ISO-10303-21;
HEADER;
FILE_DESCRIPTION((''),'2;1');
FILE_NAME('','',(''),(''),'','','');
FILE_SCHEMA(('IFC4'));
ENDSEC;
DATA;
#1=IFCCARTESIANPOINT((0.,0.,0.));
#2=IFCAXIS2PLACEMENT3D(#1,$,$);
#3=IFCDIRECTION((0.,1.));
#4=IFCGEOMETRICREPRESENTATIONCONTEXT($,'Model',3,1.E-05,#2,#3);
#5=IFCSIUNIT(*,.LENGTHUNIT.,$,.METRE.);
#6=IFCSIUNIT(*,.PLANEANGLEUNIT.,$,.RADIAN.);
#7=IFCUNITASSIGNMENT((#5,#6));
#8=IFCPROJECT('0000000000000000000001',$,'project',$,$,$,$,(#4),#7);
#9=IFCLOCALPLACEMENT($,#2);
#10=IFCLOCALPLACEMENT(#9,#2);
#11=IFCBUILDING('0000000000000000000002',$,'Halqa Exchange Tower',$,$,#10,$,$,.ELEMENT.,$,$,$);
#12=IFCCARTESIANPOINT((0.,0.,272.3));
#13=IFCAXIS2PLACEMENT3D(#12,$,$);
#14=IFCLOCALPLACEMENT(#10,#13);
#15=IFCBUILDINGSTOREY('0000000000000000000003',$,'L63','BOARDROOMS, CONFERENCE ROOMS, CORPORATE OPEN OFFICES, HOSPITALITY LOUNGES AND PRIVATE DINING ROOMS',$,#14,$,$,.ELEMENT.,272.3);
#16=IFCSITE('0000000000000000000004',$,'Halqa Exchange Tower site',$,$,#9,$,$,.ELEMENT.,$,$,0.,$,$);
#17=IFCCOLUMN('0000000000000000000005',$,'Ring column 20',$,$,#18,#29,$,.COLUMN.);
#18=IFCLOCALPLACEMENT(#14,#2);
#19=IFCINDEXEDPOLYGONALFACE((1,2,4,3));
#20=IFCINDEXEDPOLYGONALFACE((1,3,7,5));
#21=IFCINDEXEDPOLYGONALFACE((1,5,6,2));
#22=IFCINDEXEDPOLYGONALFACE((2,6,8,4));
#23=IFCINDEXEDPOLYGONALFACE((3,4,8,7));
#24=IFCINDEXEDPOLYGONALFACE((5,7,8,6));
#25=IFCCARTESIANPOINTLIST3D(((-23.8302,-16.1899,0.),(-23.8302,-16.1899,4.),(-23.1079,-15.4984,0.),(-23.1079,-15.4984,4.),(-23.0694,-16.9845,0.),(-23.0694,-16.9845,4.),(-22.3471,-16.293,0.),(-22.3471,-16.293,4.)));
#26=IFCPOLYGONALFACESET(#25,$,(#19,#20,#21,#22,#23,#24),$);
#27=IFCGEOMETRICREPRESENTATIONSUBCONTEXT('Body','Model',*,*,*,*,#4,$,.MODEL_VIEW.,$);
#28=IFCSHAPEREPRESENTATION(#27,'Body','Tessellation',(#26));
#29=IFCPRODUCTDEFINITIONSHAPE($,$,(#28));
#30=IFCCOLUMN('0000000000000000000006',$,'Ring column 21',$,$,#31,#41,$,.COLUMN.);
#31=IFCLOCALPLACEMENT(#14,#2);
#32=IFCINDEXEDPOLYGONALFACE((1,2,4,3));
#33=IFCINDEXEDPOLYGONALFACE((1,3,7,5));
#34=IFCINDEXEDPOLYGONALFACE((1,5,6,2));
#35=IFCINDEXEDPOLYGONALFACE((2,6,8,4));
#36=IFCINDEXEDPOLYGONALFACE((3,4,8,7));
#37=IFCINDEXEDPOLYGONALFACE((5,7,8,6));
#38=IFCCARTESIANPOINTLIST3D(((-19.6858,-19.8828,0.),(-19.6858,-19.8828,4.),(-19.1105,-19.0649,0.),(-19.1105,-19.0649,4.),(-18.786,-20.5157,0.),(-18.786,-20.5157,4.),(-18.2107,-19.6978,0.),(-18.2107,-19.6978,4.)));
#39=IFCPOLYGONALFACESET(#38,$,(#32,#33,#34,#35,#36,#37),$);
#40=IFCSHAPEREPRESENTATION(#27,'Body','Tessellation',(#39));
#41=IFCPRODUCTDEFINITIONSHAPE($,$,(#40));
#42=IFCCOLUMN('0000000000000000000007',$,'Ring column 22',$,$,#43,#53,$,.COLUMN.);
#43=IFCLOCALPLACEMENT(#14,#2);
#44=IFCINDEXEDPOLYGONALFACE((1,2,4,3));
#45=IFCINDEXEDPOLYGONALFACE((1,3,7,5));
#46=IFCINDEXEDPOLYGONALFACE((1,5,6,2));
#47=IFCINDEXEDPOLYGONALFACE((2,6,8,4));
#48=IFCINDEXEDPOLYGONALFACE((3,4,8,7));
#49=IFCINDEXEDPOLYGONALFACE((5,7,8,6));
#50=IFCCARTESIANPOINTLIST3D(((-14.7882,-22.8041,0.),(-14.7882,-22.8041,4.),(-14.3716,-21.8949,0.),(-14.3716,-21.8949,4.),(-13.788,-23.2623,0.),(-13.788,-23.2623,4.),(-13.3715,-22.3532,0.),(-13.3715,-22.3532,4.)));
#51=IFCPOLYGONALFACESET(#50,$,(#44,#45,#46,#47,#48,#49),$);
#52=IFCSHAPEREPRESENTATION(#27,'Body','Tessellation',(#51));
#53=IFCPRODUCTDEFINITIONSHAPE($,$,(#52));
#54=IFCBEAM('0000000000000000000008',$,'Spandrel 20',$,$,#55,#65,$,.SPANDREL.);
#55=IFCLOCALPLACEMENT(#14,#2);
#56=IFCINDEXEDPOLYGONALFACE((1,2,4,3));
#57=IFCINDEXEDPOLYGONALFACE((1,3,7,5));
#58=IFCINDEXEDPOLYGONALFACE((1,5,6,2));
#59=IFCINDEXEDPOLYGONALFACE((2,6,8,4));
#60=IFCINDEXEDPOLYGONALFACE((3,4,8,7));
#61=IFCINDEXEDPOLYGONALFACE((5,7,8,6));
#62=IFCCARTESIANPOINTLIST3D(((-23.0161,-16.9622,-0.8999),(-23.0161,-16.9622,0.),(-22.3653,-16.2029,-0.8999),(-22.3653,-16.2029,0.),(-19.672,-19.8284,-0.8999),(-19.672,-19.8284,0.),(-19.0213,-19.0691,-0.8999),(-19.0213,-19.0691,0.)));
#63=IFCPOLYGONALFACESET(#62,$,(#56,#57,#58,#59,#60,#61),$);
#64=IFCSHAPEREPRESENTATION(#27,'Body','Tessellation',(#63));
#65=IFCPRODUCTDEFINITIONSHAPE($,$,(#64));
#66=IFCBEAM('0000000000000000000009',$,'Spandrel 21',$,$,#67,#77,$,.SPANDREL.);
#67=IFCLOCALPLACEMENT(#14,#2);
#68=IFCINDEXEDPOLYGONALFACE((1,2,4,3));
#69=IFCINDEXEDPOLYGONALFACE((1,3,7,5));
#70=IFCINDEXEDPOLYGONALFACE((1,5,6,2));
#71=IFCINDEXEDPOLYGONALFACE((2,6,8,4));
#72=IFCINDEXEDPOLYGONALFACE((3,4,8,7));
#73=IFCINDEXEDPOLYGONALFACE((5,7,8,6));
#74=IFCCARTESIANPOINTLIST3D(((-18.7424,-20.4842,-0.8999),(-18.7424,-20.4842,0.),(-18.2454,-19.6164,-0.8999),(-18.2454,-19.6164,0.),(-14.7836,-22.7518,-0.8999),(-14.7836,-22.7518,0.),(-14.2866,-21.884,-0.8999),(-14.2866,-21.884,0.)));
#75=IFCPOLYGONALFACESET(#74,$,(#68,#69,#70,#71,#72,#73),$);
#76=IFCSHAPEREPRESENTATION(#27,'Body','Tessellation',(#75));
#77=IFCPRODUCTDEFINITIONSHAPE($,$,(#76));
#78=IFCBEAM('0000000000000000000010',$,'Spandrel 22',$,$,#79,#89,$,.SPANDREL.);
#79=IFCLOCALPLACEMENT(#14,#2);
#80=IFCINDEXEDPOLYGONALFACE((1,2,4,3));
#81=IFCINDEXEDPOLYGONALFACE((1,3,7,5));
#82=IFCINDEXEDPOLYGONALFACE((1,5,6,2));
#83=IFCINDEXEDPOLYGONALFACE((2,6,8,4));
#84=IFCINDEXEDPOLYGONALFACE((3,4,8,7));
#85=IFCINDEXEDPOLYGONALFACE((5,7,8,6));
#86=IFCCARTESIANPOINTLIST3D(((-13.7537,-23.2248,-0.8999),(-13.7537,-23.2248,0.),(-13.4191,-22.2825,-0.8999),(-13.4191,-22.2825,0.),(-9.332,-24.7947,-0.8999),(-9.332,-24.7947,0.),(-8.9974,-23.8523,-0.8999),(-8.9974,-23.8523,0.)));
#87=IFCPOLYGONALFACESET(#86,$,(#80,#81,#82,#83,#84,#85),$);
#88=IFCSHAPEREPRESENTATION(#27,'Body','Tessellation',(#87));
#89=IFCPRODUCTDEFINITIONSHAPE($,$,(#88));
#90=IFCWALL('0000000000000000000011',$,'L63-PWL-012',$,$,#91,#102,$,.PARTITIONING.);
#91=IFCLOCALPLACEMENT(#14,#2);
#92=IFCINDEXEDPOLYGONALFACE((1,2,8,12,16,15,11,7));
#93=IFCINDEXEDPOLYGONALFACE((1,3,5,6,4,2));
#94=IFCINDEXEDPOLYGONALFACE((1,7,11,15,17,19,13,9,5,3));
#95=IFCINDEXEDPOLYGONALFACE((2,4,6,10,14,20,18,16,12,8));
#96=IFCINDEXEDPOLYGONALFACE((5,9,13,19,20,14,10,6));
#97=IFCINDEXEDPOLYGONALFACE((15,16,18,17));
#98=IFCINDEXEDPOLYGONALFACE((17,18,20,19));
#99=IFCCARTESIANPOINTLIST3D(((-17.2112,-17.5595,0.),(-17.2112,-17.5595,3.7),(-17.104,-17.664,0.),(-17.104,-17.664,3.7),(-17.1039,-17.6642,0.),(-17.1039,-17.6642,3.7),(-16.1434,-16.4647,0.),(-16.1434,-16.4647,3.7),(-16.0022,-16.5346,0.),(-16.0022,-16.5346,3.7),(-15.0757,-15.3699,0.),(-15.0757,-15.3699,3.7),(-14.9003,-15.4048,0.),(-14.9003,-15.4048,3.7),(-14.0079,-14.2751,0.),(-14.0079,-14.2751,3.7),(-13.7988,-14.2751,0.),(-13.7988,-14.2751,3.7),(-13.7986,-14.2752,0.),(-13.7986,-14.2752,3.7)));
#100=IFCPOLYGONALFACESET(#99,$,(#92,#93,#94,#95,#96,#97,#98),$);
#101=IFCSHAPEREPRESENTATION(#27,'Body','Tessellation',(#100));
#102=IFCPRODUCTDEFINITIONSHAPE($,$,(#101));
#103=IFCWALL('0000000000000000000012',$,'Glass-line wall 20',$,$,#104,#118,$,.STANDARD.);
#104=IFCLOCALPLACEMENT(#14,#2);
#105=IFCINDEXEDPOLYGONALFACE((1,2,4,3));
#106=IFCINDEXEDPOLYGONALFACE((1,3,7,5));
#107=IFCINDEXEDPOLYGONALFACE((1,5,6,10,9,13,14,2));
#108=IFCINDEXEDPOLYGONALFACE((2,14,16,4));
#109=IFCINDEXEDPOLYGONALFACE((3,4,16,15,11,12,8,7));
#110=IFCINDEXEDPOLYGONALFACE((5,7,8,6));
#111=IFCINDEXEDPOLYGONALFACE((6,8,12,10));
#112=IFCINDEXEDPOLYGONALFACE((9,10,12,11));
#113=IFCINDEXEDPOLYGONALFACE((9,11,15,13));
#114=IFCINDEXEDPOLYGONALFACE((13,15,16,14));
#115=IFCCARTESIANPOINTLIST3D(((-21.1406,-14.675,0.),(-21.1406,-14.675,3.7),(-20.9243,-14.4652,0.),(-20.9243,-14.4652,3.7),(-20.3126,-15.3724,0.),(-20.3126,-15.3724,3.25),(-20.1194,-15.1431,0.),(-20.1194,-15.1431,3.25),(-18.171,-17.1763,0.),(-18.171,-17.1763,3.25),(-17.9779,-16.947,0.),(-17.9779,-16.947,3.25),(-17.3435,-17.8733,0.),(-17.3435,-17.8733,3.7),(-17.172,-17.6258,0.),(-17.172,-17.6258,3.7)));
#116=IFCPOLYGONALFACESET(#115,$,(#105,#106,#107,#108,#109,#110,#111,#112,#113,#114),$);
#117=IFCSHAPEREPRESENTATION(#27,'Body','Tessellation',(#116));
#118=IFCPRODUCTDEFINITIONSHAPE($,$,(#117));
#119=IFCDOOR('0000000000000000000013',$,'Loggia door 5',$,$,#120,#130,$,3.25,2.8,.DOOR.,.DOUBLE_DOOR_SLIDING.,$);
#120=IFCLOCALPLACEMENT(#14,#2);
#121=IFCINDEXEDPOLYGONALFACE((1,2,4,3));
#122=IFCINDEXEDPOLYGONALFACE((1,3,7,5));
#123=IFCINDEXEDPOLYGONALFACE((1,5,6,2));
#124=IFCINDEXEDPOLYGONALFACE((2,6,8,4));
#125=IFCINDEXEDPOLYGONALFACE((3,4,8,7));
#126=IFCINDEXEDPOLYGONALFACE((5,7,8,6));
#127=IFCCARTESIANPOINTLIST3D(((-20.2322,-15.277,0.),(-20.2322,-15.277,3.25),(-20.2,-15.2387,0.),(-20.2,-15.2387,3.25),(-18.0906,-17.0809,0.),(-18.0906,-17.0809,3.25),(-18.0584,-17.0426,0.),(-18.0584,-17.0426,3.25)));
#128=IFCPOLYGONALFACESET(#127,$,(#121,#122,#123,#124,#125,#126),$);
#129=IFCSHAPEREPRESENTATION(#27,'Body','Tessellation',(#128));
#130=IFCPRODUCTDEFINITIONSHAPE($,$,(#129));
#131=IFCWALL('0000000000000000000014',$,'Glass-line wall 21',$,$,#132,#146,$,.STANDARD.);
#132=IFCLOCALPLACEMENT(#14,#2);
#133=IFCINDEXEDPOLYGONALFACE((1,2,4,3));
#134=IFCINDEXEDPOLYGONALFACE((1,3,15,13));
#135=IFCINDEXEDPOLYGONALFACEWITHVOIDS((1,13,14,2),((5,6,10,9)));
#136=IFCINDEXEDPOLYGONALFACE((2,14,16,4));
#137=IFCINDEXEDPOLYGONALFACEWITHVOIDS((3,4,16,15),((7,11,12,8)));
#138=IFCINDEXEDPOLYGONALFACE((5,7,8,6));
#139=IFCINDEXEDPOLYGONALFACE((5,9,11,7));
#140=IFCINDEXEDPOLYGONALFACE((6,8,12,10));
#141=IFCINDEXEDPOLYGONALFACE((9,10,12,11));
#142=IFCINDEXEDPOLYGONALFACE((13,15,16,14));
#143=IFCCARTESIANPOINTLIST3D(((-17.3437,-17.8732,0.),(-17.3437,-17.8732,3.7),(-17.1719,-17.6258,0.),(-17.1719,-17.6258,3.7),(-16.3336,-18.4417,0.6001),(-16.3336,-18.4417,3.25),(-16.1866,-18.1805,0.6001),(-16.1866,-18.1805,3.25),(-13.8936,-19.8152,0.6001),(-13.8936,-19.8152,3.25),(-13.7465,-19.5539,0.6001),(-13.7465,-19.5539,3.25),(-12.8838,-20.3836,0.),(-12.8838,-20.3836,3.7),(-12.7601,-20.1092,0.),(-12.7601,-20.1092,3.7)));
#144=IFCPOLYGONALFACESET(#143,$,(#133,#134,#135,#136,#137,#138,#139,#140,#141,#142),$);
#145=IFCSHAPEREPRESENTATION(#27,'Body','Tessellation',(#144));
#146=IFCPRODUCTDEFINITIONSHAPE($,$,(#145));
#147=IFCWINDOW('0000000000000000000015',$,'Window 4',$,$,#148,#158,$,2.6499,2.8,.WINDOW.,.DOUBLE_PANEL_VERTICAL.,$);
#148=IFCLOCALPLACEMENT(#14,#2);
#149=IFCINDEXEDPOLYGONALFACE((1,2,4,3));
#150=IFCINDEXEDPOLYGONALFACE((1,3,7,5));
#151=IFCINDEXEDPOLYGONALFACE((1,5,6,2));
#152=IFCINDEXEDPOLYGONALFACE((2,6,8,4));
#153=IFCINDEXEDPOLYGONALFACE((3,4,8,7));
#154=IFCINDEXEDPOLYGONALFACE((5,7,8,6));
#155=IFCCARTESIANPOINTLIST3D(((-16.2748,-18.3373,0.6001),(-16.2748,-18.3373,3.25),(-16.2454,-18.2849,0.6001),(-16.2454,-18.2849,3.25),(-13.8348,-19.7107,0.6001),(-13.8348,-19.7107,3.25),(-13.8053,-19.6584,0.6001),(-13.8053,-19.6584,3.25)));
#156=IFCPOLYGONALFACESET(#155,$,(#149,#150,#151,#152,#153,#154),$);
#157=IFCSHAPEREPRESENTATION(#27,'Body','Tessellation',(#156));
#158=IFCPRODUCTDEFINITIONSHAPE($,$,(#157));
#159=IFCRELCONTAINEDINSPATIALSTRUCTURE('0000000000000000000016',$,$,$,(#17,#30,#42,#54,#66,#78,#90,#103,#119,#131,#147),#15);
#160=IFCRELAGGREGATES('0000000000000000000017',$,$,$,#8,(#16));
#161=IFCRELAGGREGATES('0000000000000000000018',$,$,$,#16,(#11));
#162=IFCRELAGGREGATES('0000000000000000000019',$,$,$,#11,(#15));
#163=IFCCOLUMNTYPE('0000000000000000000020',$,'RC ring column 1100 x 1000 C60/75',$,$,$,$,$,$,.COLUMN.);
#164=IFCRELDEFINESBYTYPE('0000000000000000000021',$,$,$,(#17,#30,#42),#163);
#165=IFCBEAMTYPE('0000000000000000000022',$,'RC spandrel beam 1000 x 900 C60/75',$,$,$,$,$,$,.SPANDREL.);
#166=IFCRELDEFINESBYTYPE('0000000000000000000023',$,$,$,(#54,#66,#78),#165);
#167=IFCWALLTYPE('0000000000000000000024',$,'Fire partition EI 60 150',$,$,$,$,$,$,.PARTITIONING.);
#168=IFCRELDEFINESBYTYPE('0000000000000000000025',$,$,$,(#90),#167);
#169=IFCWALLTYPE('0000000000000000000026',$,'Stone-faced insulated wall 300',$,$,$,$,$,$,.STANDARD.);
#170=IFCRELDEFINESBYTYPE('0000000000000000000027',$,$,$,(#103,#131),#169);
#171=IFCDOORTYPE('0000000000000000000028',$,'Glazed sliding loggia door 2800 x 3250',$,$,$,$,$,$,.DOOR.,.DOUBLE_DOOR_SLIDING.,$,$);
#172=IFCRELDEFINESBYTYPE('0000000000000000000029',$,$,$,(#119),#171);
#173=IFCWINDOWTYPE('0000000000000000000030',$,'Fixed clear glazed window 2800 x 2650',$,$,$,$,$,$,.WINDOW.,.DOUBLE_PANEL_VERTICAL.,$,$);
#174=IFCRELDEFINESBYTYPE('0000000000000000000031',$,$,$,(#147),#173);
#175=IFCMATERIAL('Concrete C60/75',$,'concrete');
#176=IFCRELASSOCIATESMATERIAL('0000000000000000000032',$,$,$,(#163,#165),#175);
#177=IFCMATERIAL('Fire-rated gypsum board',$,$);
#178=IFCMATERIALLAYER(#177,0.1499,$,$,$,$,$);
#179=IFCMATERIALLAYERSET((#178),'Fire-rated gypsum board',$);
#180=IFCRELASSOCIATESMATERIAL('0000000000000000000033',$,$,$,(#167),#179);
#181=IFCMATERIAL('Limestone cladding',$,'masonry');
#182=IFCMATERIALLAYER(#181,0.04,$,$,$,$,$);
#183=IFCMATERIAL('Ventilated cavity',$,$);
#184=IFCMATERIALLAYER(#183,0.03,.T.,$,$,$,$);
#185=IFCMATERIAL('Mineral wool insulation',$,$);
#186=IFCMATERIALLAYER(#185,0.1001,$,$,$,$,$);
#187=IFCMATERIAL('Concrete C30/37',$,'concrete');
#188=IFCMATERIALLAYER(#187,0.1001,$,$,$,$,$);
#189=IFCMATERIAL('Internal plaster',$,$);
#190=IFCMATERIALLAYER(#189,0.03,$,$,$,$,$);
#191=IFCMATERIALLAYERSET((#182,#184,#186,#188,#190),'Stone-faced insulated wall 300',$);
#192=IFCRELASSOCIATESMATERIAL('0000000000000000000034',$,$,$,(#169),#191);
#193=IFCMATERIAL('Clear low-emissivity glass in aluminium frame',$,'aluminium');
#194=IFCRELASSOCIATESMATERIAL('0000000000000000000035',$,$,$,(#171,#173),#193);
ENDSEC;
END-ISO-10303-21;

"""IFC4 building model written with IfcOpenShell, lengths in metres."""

from ifc_helpers import new_model, si_unit, direction, frame, frame_2d, origin, origin_2d, place, context, subcontext, project, spatial, polyline, rectangle, outline, extrude, material, layer, layer_set, material_profile, profile_set, type_object, element, fill, save


model = new_model("IFC4")

# Units and contexts
model_context = context("Model", 3, precision=1e-05, world=origin(), true_north=direction((0.0, 1.0)))
body_context = subcontext(model_context, "Body", "Model", "MODEL_VIEW")
ifc_project = project(units=[si_unit("LENGTHUNIT", "METRE"), si_unit("PLANEANGLEUNIT", "RADIAN")], contexts=[model_context])

# Site, building, storey
site_placement = place(None, origin())
site = spatial("IfcSite", under=ifc_project, at=site_placement, Name="Halqa Exchange Tower site", CompositionType="ELEMENT", RefElevation=0.0)
building_placement = place(site_placement, origin())
building = spatial("IfcBuilding", under=site, at=building_placement, Name="Halqa Exchange Tower", CompositionType="ELEMENT")
storey_placement = place(building_placement, frame((0.0, 0.0, 272.3)))
storey = spatial("IfcBuildingStorey", under=building, at=storey_placement, Name="L63", Description="BOARDROOMS, CONFERENCE ROOMS, CORPORATE OPEN OFFICES, HOSPITALITY LOUNGES AND PRIVATE DINING ROOMS", CompositionType="ELEMENT", Elevation=272.3)

# Columns
ifc_material_1 = material(Name="Concrete C60/75", Category="concrete")
ifc_material_profile_1 = material_profile(ifc_material_1, rectangle(XDim=1.1001, YDim=1.0, at=origin_2d()), Name="1100 x 1000")
ifc_profile_set_1 = profile_set([ifc_material_profile_1], Name="Concrete C60/75")
column_type = type_object("IfcColumnType", Name="RC ring column 1100 x 1000 C60/75", PredefinedType="COLUMN", material=ifc_profile_set_1)
for number, where, z_axis, x_axis, name in (
    (1, (-23.0886, -16.2415, 0.0), (0.0, 0.0, 1.0), (0.69158, -0.7223, 0.0), "Ring column 20"),
    (2, (-18.9482, -19.7903, 0.0), (0.0, 0.0, 1.0), (0.817907, -0.575351, 0.0), "Ring column 21"),
    (3, (-14.0798, -22.5786, 0.0), (0.0, 0.0, 1.0), (0.909127, -0.416519, 0.0), "Ring column 22"),
):
    element("IfcColumn", number, at=place(storey_placement, frame(where, z_axis=z_axis, x_axis=x_axis)), inside=storey, type_object=column_type, Name=name, PredefinedType="COLUMN", context=body_context, shape_type="SweptSolid", body=[
        extrude(rectangle(XDim=1.1001, YDim=1.0, at=origin_2d()), origin(), (0.0, 0.0, 1.0), 4.0),
    ])

# Beams
ifc_material_profile_2 = material_profile(ifc_material_1, rectangle(XDim=1.0, YDim=0.8999, at=origin_2d()), Name="1000 x 900")
ifc_profile_set_2 = profile_set([ifc_material_profile_2], Name="Concrete C60/75")
beam_type = type_object("IfcBeamType", Name="RC spandrel beam 1000 x 900 C60/75", PredefinedType="SPANDREL", material=ifc_profile_set_2)
beam_1_placement = place(storey_placement, frame((-22.6907, -16.5825, -0.45), z_axis=(0.759264, -0.650782, 0.0), x_axis=(0.650782, 0.759264, 0.0)))
element("IfcBeam", 4, at=beam_1_placement, inside=storey, type_object=beam_type, Name="Spandrel 20", PredefinedType="SPANDREL", context=body_context, shape_type="SweptSolid", body=[
    extrude(rectangle(XDim=1.0, YDim=0.8999, at=origin_2d()), origin(), (0.0, 0.0, 1.0), 4.4043),
])
beam_2_placement = place(storey_placement, frame((-18.4939, -20.0503, -0.45), z_axis=(0.867729, -0.497038, 0.0), x_axis=(0.497038, 0.867729, 0.0)))
element("IfcBeam", 5, at=beam_2_placement, inside=storey, type_object=beam_type, Name="Spandrel 21", PredefinedType="SPANDREL", context=body_context, shape_type="SweptSolid", body=[
    extrude(rectangle(XDim=1.0, YDim=0.8999, at=origin_2d()), origin(), (0.0, 0.0, 1.0), 4.5623),
])
beam_3_placement = place(storey_placement, frame((-13.5864, -22.7537, -0.45), z_axis=(0.94237, -0.334572, 0.0), x_axis=(0.334572, 0.94237, 0.0)))
element("IfcBeam", 6, at=beam_3_placement, inside=storey, type_object=beam_type, Name="Spandrel 22", PredefinedType="SPANDREL", context=body_context, shape_type="SweptSolid", body=[
    extrude(rectangle(XDim=1.0, YDim=0.8999, at=origin_2d()), origin(), (0.0, 0.0, 1.0), 4.6921),
])

# Shared definitions
ifc_material_2 = material(Name="Fire-rated gypsum board")
ifc_layer_1 = layer(ifc_material_2, 0.1499)
ifc_layer_set_1 = layer_set([ifc_layer_1], Name="Fire-rated gypsum board")
wall_type_1 = type_object("IfcWallType", Name="Fire partition EI 60 150", PredefinedType="PARTITIONING", material=ifc_layer_set_1)

# Wall
wall_1_placement = place(storey_placement, frame((-13.8523, -14.2229, 0.0), z_axis=(0.0, 0.0, 1.0), x_axis=(-0.698207, -0.715896, 0.0)))
element("IfcWall", 7, at=wall_1_placement, inside=storey, type_object=wall_type_1, Name="L63-PWL-012", PredefinedType="PARTITIONING", context=body_context, shape_type="SweptSolid", body=[
    extrude(outline(polyline([(4.7339, -0.075), (4.7339, 0.0747), (4.7339, 0.075), (3.156, 0.075), (1.5779, 0.075), (0.0, 0.075), (0.0, 0.0747), (0.146, -0.075), (1.6753, -0.075), (3.2046, -0.075), (4.7339, -0.075)])), origin(), (0.0, 0.0, 1.0), 3.7),
])

# Wall, opening, door
ifc_material_3 = material(Name="Limestone cladding", Category="masonry")
ifc_layer_2 = layer(ifc_material_3, 0.04)
ifc_material_4 = material(Name="Ventilated cavity")
ifc_layer_3 = layer(ifc_material_4, 0.03, ventilated=True)
ifc_material_5 = material(Name="Mineral wool insulation")
ifc_layer_4 = layer(ifc_material_5, 0.1001)
ifc_material_6 = material(Name="Concrete C30/37", Category="concrete")
ifc_layer_5 = layer(ifc_material_6, 0.1001)
ifc_material_7 = material(Name="Internal plaster")
ifc_layer_6 = layer(ifc_material_7, 0.03)
ifc_layer_set_2 = layer_set([ifc_layer_2, ifc_layer_3, ifc_layer_4, ifc_layer_5, ifc_layer_6], Name="Stone-faced insulated wall 300")
wall_type_2 = type_object("IfcWallType", Name="Stone-faced insulated wall 300", PredefinedType="STANDARD", material=ifc_layer_set_2)
wall_2_placement = place(storey_placement, frame((-21.0325, -14.5701, 0.0), z_axis=(0.0, 0.0, 1.0), x_axis=(0.764833, -0.644229, 0.0)))
wall_2 = element("IfcWall", 8, at=wall_2_placement, inside=storey, type_object=wall_type_2, Name="Glass-line wall 20", PredefinedType="STANDARD", context=body_context, shape_type="SweptSolid", body=[
    extrude(outline(polyline([(-0.0151, -0.1499), (4.9495, -0.1499), (4.9211, 0.1499), (0.0151, 0.1499), (-0.0151, -0.1499)])), origin(), (0.0, 0.0, 1.0), 3.7),
])
opening_1_placement = place(wall_2_placement, frame((1.0676, 0.0, 0.0)))
opening_1 = element("IfcOpeningElement", 9, at=opening_1_placement, cuts=wall_2, PredefinedType="OPENING", context=body_context, shape_type="SweptSolid", body=[
    extrude(rectangle(XDim=2.8, YDim=3.25, at=frame_2d((1.3999, 1.625))), frame((0.0, 0.1621, 0.0), z_axis=(0.0, -1.0, 0.0), x_axis=(1.0, 0.0, 0.0)), (0.0, 0.0, 1.0), 0.324),
])
ifc_material_8 = material(Name="Clear low-emissivity glass in aluminium frame", Category="aluminium")
door_type_1 = type_object("IfcDoorType", Name="Glazed sliding loggia door 2800 x 3250", OperationType="DOUBLE_DOOR_SLIDING", PredefinedType="DOOR", material=ifc_material_8)
door_1_placement = place(opening_1_placement, origin())
door_1 = element("IfcDoor", 10, at=door_1_placement, inside=storey, type_object=door_type_1, Name="Loggia door 5", OperationType="DOUBLE_DOOR_SLIDING", OverallHeight=3.25, OverallWidth=2.8, PredefinedType="DOOR", context=body_context, shape_type="SweptSolid", body=[
    extrude(rectangle(XDim=2.8, YDim=3.25, at=frame_2d((1.3999, 1.625))), frame((0.0, 0.0249, 0.0), z_axis=(0.0, -1.0, 0.0), x_axis=(1.0, 0.0, 0.0)), (0.0, 0.0, 1.0), 0.05),
])
fill(opening_1, door_1)

# Wall, opening, window
wall_3_placement = place(storey_placement, frame((-17.2578, -17.7495, 0.0), z_axis=(0.0, 0.0, 1.0), x_axis=(0.871433, -0.490514, 0.0)))
wall_3 = element("IfcWall", 11, at=wall_3_placement, inside=storey, type_object=wall_type_2, Name="Glass-line wall 21", PredefinedType="STANDARD", context=body_context, shape_type="SweptSolid", body=[
    extrude(outline(polyline([(-0.0142, -0.1499), (5.1038, -0.1499), (5.0769, 0.1499), (0.0142, 0.1499), (-0.0142, -0.1499)])), origin(), (0.0, 0.0, 1.0), 3.7),
])
opening_2_placement = place(wall_3_placement, frame((1.145, 0.0, 0.6001)))
opening_2 = element("IfcOpeningElement", 12, at=opening_2_placement, cuts=wall_3, PredefinedType="OPENING", context=body_context, shape_type="SweptSolid", body=[
    extrude(rectangle(XDim=2.8, YDim=2.6499, at=frame_2d((1.3999, 1.325))), frame((0.0, 0.1621, 0.0), z_axis=(0.0, -1.0, 0.0), x_axis=(1.0, 0.0, 0.0)), (0.0, 0.0, 1.0), 0.324),
])
window_type = type_object("IfcWindowType", Name="Fixed clear glazed window 2800 x 2650", PartitioningType="DOUBLE_PANEL_VERTICAL", PredefinedType="WINDOW", material=ifc_material_8)
window_1_placement = place(opening_2_placement, origin())
window_1 = element("IfcWindow", 13, at=window_1_placement, inside=storey, type_object=window_type, Name="Window 4", OverallHeight=2.6499, OverallWidth=2.8, PartitioningType="DOUBLE_PANEL_VERTICAL", PredefinedType="WINDOW", context=body_context, shape_type="SweptSolid", body=[
    extrude(rectangle(XDim=2.8, YDim=2.6499, at=frame_2d((1.3999, 1.325))), frame((0.0, 0.03, 0.0), z_axis=(0.0, -1.0, 0.0), x_axis=(1.0, 0.0, 0.0)), (0.0, 0.0, 1.0), 0.0601),
])
fill(opening_2, window_1)

save(model, "model.ifc")
